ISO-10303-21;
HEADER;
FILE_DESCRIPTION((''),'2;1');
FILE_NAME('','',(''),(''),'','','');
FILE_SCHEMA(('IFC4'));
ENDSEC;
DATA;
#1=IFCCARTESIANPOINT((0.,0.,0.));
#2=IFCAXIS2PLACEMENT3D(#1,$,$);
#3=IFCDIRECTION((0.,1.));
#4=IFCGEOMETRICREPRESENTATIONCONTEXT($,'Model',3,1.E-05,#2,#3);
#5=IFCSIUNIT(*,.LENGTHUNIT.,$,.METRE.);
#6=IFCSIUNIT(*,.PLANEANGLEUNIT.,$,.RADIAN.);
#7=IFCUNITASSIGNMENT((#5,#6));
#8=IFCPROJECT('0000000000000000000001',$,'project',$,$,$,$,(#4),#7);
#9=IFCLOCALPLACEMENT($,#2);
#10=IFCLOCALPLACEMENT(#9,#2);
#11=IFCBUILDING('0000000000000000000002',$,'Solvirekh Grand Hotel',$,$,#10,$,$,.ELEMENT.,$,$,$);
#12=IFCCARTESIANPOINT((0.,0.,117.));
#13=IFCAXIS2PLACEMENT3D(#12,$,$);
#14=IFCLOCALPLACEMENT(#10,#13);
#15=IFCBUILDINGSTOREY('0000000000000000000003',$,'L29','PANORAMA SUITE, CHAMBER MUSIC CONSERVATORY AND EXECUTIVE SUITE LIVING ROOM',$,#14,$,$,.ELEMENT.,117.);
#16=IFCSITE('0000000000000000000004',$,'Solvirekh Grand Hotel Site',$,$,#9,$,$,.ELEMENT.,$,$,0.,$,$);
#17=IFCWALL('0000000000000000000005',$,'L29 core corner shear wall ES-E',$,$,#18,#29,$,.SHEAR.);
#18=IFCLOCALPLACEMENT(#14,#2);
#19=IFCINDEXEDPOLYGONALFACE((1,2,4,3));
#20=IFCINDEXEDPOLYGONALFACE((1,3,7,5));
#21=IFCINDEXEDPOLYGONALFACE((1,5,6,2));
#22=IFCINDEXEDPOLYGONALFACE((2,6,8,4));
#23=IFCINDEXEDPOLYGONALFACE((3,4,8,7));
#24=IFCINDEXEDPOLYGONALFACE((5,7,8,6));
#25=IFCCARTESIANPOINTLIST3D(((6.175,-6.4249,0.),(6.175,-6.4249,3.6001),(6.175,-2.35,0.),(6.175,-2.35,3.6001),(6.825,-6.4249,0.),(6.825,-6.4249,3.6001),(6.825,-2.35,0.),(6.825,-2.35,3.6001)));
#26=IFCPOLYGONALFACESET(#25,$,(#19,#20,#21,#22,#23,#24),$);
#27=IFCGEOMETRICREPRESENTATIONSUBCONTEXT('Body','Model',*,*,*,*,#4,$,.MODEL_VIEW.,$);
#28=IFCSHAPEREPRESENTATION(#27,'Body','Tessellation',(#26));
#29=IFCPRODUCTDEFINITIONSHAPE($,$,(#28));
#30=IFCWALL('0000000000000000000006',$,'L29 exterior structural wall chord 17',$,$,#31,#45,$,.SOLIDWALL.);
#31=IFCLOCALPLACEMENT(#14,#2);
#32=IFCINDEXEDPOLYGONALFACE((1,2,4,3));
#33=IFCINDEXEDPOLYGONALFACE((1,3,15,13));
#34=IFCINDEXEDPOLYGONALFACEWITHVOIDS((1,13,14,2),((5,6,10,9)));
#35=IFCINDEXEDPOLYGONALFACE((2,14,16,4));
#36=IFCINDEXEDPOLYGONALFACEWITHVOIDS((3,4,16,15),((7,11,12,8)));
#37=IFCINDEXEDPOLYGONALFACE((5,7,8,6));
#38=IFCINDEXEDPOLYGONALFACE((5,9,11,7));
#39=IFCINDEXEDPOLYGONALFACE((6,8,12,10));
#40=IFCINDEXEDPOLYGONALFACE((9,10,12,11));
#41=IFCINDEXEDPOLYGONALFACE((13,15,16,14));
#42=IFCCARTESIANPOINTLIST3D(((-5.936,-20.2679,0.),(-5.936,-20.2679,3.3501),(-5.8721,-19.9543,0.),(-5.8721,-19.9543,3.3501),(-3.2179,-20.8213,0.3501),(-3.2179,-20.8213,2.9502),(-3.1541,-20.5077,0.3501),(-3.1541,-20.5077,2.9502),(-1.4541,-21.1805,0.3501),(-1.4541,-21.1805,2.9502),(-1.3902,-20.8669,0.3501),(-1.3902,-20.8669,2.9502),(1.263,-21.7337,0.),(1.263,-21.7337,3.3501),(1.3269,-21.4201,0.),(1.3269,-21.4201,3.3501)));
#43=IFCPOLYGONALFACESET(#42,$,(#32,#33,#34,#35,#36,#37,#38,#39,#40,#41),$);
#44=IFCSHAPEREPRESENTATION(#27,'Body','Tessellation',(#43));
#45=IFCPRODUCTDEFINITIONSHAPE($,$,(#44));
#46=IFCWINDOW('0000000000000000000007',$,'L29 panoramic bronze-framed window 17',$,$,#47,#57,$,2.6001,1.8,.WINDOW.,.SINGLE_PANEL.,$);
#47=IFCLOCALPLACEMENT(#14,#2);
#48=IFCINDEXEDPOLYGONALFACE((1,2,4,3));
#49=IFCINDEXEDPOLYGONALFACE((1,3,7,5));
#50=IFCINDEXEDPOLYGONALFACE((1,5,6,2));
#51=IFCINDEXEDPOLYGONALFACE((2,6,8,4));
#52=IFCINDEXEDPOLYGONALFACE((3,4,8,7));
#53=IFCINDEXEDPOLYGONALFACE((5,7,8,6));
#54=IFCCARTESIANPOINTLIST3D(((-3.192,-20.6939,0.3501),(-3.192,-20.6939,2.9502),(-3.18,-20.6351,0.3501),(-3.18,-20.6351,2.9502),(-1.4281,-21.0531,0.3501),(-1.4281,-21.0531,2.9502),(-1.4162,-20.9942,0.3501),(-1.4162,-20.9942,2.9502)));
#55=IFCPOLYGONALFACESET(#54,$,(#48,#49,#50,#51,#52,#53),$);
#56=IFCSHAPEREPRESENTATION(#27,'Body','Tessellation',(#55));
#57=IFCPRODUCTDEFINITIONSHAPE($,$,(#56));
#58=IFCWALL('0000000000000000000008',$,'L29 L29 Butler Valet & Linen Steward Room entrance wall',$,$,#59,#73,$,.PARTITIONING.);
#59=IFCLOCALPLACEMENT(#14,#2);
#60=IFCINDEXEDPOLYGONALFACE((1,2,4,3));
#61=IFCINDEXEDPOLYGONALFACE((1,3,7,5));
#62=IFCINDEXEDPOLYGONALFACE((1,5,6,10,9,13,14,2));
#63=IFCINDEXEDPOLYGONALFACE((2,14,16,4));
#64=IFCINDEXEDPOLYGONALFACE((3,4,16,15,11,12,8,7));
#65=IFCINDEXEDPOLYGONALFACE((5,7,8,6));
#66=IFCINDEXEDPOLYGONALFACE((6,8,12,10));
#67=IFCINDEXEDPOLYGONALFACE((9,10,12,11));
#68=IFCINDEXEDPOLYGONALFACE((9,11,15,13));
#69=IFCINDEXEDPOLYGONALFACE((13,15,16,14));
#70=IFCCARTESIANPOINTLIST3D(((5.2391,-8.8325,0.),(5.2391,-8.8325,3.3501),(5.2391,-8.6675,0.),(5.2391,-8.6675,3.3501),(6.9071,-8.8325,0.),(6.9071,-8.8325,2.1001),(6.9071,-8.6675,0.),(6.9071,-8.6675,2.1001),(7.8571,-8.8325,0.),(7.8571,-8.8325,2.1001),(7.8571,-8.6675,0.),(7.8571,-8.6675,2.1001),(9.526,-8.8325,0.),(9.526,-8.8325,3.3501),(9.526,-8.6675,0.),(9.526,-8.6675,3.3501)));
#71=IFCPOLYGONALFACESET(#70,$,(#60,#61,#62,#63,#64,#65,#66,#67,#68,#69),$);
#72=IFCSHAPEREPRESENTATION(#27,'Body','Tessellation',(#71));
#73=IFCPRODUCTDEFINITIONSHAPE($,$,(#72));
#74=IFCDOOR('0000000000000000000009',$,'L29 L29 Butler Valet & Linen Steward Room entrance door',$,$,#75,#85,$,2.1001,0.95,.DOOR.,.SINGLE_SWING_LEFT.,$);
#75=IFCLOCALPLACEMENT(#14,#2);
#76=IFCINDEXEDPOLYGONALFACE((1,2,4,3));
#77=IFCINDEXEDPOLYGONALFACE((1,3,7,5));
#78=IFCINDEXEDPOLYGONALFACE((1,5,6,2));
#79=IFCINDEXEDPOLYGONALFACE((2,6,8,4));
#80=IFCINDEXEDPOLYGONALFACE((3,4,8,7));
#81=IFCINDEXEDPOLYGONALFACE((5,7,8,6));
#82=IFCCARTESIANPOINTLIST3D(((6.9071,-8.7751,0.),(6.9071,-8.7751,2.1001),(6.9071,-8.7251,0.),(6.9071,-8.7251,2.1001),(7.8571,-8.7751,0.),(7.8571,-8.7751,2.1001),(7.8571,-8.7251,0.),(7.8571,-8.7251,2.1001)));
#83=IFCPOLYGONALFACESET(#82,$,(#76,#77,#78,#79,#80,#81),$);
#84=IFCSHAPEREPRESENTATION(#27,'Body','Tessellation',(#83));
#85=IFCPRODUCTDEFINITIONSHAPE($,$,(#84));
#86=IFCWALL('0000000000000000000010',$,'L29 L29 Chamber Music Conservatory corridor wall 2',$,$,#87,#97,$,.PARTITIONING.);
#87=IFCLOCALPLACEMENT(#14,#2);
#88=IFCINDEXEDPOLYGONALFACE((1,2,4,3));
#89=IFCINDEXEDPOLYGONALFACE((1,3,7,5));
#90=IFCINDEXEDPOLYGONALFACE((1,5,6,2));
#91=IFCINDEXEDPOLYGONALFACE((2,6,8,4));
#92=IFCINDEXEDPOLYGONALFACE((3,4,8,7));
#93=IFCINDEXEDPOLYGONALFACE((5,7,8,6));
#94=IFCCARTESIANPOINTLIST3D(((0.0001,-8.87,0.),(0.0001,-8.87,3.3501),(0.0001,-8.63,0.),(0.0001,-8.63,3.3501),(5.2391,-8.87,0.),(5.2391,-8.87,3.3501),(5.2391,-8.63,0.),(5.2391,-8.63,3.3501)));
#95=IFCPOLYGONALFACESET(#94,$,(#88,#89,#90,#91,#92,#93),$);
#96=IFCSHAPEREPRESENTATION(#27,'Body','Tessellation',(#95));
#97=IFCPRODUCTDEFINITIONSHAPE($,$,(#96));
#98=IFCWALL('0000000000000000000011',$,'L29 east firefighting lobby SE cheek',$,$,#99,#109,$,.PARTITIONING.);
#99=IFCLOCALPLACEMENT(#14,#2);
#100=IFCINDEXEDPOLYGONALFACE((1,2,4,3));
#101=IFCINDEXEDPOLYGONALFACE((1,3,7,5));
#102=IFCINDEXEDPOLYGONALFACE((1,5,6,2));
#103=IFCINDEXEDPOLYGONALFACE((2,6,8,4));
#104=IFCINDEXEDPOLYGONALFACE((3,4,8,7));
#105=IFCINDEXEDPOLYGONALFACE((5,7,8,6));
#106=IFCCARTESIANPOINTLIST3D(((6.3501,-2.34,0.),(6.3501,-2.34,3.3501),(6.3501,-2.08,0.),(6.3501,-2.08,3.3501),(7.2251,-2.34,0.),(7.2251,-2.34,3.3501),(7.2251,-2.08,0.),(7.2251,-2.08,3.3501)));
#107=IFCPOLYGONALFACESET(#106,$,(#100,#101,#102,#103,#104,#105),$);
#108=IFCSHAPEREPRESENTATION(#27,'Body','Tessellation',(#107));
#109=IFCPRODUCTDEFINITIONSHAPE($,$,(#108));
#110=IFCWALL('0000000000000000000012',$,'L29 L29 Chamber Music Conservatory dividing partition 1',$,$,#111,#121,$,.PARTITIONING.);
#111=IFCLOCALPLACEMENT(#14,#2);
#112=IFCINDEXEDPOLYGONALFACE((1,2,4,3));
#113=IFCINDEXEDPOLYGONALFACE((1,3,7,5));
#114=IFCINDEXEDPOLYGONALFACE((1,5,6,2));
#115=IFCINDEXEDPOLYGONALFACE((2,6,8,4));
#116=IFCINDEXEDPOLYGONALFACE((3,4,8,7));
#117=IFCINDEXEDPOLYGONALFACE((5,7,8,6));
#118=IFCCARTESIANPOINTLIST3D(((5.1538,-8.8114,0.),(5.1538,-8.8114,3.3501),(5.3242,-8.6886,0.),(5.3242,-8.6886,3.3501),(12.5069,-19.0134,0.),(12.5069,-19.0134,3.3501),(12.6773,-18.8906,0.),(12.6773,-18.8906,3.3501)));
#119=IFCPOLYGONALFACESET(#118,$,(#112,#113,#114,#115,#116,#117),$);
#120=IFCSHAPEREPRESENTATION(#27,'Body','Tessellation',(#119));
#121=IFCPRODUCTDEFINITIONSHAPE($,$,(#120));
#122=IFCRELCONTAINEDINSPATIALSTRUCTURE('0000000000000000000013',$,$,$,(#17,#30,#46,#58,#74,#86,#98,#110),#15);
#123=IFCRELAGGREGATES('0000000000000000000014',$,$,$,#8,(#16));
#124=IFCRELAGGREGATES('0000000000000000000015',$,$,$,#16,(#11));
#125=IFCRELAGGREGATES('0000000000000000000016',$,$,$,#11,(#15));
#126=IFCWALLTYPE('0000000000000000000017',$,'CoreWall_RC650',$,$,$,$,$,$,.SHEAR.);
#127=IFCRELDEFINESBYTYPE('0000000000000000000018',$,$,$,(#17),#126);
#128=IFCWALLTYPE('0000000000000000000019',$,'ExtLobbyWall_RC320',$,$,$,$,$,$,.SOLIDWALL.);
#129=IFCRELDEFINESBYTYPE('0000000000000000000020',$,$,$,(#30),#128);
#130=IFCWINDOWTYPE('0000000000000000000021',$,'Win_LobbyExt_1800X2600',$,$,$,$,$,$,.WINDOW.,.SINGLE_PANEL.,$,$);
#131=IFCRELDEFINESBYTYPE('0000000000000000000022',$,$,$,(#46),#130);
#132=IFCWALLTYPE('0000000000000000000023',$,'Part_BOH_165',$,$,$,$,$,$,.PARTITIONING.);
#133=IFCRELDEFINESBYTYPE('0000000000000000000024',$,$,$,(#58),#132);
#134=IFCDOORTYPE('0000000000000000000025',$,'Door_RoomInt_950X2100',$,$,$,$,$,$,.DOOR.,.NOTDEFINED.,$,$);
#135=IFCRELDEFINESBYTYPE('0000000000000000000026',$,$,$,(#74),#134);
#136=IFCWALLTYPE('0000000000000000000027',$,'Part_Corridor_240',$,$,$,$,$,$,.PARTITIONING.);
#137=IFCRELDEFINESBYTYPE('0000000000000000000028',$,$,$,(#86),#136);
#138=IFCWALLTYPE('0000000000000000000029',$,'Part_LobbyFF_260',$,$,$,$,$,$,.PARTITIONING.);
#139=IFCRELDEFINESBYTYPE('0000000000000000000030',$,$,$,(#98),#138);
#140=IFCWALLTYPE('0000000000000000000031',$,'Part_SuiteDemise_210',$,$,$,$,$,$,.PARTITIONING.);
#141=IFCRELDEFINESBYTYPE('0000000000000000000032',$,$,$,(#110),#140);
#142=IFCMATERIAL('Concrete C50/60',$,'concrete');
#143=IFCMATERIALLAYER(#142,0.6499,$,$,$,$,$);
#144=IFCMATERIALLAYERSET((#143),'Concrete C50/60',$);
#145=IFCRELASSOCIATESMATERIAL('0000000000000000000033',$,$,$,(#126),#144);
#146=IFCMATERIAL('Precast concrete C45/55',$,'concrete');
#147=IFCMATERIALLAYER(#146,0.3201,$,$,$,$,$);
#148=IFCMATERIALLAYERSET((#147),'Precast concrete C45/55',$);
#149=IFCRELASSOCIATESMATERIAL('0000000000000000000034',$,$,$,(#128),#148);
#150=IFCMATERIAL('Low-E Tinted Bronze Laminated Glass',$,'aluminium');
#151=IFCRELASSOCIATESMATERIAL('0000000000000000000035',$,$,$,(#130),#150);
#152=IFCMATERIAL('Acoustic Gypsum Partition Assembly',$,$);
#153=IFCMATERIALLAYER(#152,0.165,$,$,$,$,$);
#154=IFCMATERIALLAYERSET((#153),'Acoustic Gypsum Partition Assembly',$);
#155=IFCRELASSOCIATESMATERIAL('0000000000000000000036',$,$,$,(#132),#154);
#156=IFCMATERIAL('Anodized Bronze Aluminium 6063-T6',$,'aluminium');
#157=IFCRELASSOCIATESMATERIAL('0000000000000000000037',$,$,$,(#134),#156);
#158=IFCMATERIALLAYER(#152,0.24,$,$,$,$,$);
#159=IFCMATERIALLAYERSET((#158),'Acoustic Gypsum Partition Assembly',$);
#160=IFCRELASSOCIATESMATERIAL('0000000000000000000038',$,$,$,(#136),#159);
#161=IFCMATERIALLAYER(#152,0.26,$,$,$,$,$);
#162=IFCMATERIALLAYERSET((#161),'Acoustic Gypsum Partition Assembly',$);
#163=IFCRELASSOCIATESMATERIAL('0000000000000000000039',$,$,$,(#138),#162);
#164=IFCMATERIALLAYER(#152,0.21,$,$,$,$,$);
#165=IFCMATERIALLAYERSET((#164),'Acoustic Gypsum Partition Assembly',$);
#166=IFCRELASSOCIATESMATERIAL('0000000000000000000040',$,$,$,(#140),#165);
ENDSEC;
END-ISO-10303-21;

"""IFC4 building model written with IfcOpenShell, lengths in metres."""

from ifc_helpers import new_model, si_unit, direction, frame, frame_2d, origin, place, context, subcontext, project, spatial, rectangle, extrude, material, layer, layer_set, type_object, element, fill, save


model = new_model("IFC4")

# Units and contexts
model_context = context("Model", 3, precision=1e-05, world=origin(), true_north=direction((0.0, 1.0)))
body_context = subcontext(model_context, "Body", "Model", "MODEL_VIEW")
ifc_project = project(units=[si_unit("LENGTHUNIT", "METRE"), si_unit("PLANEANGLEUNIT", "RADIAN")], contexts=[model_context])

# Site, building, storey
site_placement = place(None, origin())
site = spatial("IfcSite", under=ifc_project, at=site_placement, Name="Solvirekh Grand Hotel Site", CompositionType="ELEMENT", RefElevation=0.0)
building_placement = place(site_placement, origin())
building = spatial("IfcBuilding", under=site, at=building_placement, Name="Solvirekh Grand Hotel", CompositionType="ELEMENT")
storey_placement = place(building_placement, frame((0.0, 0.0, 117.0)))
storey = spatial("IfcBuildingStorey", under=building, at=storey_placement, Name="L29", Description="PANORAMA SUITE, CHAMBER MUSIC CONSERVATORY AND EXECUTIVE SUITE LIVING ROOM", CompositionType="ELEMENT", Elevation=117.0)

# Shared definitions
ifc_material_1 = material(Name="Concrete C50/60", Category="concrete")

# Shared definitions
ifc_material_2 = material(Name="Anodized Bronze Aluminium 6063-T6", Category="aluminium")
ifc_material_3 = material(Name="Low-E Tinted Bronze Laminated Glass", Category="aluminium")

# Wall
ifc_layer_1 = layer(ifc_material_1, 0.6499)
ifc_layer_set_1 = layer_set([ifc_layer_1], Name="Concrete C50/60")
wall_type_1 = type_object("IfcWallType", Name="CoreWall_RC650", PredefinedType="SHEAR", material=ifc_layer_set_1)
wall_1_placement = place(storey_placement, frame((6.5, -6.425, 0.0), z_axis=(0.0, 0.0, 1.0), x_axis=(0.0, 1.0, 0.0)))
element("IfcWall", 1, at=wall_1_placement, inside=storey, type_object=wall_type_1, Name="L29 core corner shear wall ES-E", PredefinedType="SHEAR", context=body_context, shape_type="SweptSolid", body=[
    extrude(rectangle(XDim=4.075, YDim=0.6499, at=frame_2d((2.0376, 0.0))), origin(), (0.0, 0.0, 1.0), 3.6001),
])

# Wall, opening, window
ifc_material_4 = material(Name="Precast concrete C45/55", Category="concrete")
ifc_layer_2 = layer(ifc_material_4, 0.3201)
ifc_layer_set_2 = layer_set([ifc_layer_2], Name="Precast concrete C45/55")
wall_type_2 = type_object("IfcWallType", Name="ExtLobbyWall_RC320", PredefinedType="SOLIDWALL", material=ifc_layer_set_2)
wall_2_placement = place(storey_placement, frame((1.2949, -21.5769, 0.0), z_axis=(0.0, 0.0, 1.0), x_axis=(-0.979894, 0.199521, 0.0)))
wall_2 = element("IfcWall", 2, at=wall_2_placement, inside=storey, type_object=wall_type_2, Name="L29 exterior structural wall chord 17", PredefinedType="SOLIDWALL", context=body_context, shape_type="SweptSolid", body=[
    extrude(rectangle(XDim=7.3467, YDim=0.3201, at=frame_2d((3.6733, 0.0))), origin(), (0.0, 0.0, 1.0), 3.3501),
])
opening_1_placement = place(wall_2_placement, frame((2.7729, 0.0, 0.3501)))
opening_1 = element("IfcOpeningElement", 3, at=opening_1_placement, cuts=wall_2, PredefinedType="OPENING", context=body_context, shape_type="SweptSolid", body=[
    extrude(rectangle(XDim=1.8, YDim=2.6001, at=frame_2d((0.8999, 1.3))), frame((0.0, 0.1699, 0.0), z_axis=(0.0, -1.0, 0.0), x_axis=(1.0, 0.0, 0.0)), (0.0, 0.0, 1.0), 0.3401),
])
window_type = type_object("IfcWindowType", Name="Win_LobbyExt_1800X2600", PartitioningType="SINGLE_PANEL", PredefinedType="WINDOW", material=ifc_material_3)
window_placement = place(opening_1_placement, origin())
window = element("IfcWindow", 4, at=window_placement, inside=storey, type_object=window_type, Name="L29 panoramic bronze-framed window 17", OverallHeight=2.6001, OverallWidth=1.8, PartitioningType="SINGLE_PANEL", PredefinedType="WINDOW", context=body_context, shape_type="SweptSolid", body=[
    extrude(rectangle(XDim=1.8, YDim=2.6001, at=frame_2d((0.8999, 1.3))), frame((0.0, 0.03, 0.0), z_axis=(0.0, -1.0, 0.0), x_axis=(1.0, 0.0, 0.0)), (0.0, 0.0, 1.0), 0.0601),
])
fill(opening_1, window)

# Wall, opening, door
ifc_material_5 = material(Name="Acoustic Gypsum Partition Assembly")
ifc_layer_3 = layer(ifc_material_5, 0.165)
ifc_layer_set_3 = layer_set([ifc_layer_3], Name="Acoustic Gypsum Partition Assembly")
wall_type_3 = type_object("IfcWallType", Name="Part_BOH_165", PredefinedType="PARTITIONING", material=ifc_layer_set_3)
wall_3_placement = place(storey_placement, frame((5.239, -8.75, 0.0), z_axis=(0.0, 0.0, 1.0), x_axis=(1.0, 0.0, 0.0)))
wall_3 = element("IfcWall", 5, at=wall_3_placement, inside=storey, type_object=wall_type_3, Name="L29 L29 Butler Valet & Linen Steward Room entrance wall", PredefinedType="PARTITIONING", context=body_context, shape_type="SweptSolid", body=[
    extrude(rectangle(XDim=4.2869, YDim=0.165, at=frame_2d((2.1436, 0.0))), origin(), (0.0, 0.0, 1.0), 3.3501),
])
opening_2_placement = place(wall_3_placement, frame((1.668, 0.0, 0.0)))
opening_2 = element("IfcOpeningElement", 6, at=opening_2_placement, cuts=wall_3, PredefinedType="OPENING", context=body_context, shape_type="SweptSolid", body=[
    extrude(rectangle(XDim=0.95, YDim=2.1001, at=frame_2d((0.4751, 1.05))), frame((0.0, 0.0925, 0.0), z_axis=(0.0, -1.0, 0.0), x_axis=(1.0, 0.0, 0.0)), (0.0, 0.0, 1.0), 0.1851),
])
door_type_1 = type_object("IfcDoorType", Name="Door_RoomInt_950X2100", OperationType="NOTDEFINED", PredefinedType="DOOR", material=ifc_material_2)
door_1_placement = place(opening_2_placement, origin())
door_1 = element("IfcDoor", 7, at=door_1_placement, inside=storey, type_object=door_type_1, Name="L29 L29 Butler Valet & Linen Steward Room entrance door", OperationType="SINGLE_SWING_LEFT", OverallHeight=2.1001, OverallWidth=0.95, PredefinedType="DOOR", context=body_context, shape_type="SweptSolid", body=[
    extrude(rectangle(XDim=0.95, YDim=2.1001, at=frame_2d((0.4751, 1.05))), frame((0.0, 0.0249, 0.0), z_axis=(0.0, -1.0, 0.0), x_axis=(1.0, 0.0, 0.0)), (0.0, 0.0, 1.0), 0.05),
])
fill(opening_2, door_1)

# Walls
ifc_layer_4 = layer(ifc_material_5, 0.24)
ifc_layer_set_4 = layer_set([ifc_layer_4], Name="Acoustic Gypsum Partition Assembly")
wall_type_4 = type_object("IfcWallType", Name="Part_Corridor_240", PredefinedType="PARTITIONING", material=ifc_layer_set_4)
wall_4_placement = place(storey_placement, frame((0.0, -8.75, 0.0), z_axis=(0.0, 0.0, 1.0), x_axis=(1.0, 0.0, 0.0)))
element("IfcWall", 8, at=wall_4_placement, inside=storey, type_object=wall_type_4, Name="L29 L29 Chamber Music Conservatory corridor wall 2", PredefinedType="PARTITIONING", context=body_context, shape_type="SweptSolid", body=[
    extrude(rectangle(XDim=5.239, YDim=0.24, at=frame_2d((2.6196, 0.0))), origin(), (0.0, 0.0, 1.0), 3.3501),
])
ifc_layer_5 = layer(ifc_material_5, 0.26)
ifc_layer_set_5 = layer_set([ifc_layer_5], Name="Acoustic Gypsum Partition Assembly")
wall_type_5 = type_object("IfcWallType", Name="Part_LobbyFF_260", PredefinedType="PARTITIONING", material=ifc_layer_set_5)
wall_5_placement = place(storey_placement, frame((6.3501, -2.21, 0.0), z_axis=(0.0, 0.0, 1.0), x_axis=(1.0, 0.0, 0.0)))
element("IfcWall", 9, at=wall_5_placement, inside=storey, type_object=wall_type_5, Name="L29 east firefighting lobby SE cheek", PredefinedType="PARTITIONING", context=body_context, shape_type="SweptSolid", body=[
    extrude(rectangle(XDim=0.875, YDim=0.26, at=frame_2d((0.4375, 0.0))), origin(), (0.0, 0.0, 1.0), 3.3501),
])
ifc_layer_6 = layer(ifc_material_5, 0.21)
ifc_layer_set_6 = layer_set([ifc_layer_6], Name="Acoustic Gypsum Partition Assembly")
wall_type_6 = type_object("IfcWallType", Name="Part_SuiteDemise_210", PredefinedType="PARTITIONING", material=ifc_layer_set_6)
wall_6_placement = place(storey_placement, frame((5.239, -8.75, 0.0), z_axis=(0.0, 0.0, 1.0), x_axis=(0.584706, -0.811246, 0.0)))
element("IfcWall", 10, at=wall_6_placement, inside=storey, type_object=wall_type_6, Name="L29 L29 Chamber Music Conservatory dividing partition 1", PredefinedType="PARTITIONING", context=body_context, shape_type="SweptSolid", body=[
    extrude(rectangle(XDim=12.5757, YDim=0.21, at=frame_2d((6.2878, 0.0))), origin(), (0.0, 0.0, 1.0), 3.3501),
])

save(model, "model.ifc")
